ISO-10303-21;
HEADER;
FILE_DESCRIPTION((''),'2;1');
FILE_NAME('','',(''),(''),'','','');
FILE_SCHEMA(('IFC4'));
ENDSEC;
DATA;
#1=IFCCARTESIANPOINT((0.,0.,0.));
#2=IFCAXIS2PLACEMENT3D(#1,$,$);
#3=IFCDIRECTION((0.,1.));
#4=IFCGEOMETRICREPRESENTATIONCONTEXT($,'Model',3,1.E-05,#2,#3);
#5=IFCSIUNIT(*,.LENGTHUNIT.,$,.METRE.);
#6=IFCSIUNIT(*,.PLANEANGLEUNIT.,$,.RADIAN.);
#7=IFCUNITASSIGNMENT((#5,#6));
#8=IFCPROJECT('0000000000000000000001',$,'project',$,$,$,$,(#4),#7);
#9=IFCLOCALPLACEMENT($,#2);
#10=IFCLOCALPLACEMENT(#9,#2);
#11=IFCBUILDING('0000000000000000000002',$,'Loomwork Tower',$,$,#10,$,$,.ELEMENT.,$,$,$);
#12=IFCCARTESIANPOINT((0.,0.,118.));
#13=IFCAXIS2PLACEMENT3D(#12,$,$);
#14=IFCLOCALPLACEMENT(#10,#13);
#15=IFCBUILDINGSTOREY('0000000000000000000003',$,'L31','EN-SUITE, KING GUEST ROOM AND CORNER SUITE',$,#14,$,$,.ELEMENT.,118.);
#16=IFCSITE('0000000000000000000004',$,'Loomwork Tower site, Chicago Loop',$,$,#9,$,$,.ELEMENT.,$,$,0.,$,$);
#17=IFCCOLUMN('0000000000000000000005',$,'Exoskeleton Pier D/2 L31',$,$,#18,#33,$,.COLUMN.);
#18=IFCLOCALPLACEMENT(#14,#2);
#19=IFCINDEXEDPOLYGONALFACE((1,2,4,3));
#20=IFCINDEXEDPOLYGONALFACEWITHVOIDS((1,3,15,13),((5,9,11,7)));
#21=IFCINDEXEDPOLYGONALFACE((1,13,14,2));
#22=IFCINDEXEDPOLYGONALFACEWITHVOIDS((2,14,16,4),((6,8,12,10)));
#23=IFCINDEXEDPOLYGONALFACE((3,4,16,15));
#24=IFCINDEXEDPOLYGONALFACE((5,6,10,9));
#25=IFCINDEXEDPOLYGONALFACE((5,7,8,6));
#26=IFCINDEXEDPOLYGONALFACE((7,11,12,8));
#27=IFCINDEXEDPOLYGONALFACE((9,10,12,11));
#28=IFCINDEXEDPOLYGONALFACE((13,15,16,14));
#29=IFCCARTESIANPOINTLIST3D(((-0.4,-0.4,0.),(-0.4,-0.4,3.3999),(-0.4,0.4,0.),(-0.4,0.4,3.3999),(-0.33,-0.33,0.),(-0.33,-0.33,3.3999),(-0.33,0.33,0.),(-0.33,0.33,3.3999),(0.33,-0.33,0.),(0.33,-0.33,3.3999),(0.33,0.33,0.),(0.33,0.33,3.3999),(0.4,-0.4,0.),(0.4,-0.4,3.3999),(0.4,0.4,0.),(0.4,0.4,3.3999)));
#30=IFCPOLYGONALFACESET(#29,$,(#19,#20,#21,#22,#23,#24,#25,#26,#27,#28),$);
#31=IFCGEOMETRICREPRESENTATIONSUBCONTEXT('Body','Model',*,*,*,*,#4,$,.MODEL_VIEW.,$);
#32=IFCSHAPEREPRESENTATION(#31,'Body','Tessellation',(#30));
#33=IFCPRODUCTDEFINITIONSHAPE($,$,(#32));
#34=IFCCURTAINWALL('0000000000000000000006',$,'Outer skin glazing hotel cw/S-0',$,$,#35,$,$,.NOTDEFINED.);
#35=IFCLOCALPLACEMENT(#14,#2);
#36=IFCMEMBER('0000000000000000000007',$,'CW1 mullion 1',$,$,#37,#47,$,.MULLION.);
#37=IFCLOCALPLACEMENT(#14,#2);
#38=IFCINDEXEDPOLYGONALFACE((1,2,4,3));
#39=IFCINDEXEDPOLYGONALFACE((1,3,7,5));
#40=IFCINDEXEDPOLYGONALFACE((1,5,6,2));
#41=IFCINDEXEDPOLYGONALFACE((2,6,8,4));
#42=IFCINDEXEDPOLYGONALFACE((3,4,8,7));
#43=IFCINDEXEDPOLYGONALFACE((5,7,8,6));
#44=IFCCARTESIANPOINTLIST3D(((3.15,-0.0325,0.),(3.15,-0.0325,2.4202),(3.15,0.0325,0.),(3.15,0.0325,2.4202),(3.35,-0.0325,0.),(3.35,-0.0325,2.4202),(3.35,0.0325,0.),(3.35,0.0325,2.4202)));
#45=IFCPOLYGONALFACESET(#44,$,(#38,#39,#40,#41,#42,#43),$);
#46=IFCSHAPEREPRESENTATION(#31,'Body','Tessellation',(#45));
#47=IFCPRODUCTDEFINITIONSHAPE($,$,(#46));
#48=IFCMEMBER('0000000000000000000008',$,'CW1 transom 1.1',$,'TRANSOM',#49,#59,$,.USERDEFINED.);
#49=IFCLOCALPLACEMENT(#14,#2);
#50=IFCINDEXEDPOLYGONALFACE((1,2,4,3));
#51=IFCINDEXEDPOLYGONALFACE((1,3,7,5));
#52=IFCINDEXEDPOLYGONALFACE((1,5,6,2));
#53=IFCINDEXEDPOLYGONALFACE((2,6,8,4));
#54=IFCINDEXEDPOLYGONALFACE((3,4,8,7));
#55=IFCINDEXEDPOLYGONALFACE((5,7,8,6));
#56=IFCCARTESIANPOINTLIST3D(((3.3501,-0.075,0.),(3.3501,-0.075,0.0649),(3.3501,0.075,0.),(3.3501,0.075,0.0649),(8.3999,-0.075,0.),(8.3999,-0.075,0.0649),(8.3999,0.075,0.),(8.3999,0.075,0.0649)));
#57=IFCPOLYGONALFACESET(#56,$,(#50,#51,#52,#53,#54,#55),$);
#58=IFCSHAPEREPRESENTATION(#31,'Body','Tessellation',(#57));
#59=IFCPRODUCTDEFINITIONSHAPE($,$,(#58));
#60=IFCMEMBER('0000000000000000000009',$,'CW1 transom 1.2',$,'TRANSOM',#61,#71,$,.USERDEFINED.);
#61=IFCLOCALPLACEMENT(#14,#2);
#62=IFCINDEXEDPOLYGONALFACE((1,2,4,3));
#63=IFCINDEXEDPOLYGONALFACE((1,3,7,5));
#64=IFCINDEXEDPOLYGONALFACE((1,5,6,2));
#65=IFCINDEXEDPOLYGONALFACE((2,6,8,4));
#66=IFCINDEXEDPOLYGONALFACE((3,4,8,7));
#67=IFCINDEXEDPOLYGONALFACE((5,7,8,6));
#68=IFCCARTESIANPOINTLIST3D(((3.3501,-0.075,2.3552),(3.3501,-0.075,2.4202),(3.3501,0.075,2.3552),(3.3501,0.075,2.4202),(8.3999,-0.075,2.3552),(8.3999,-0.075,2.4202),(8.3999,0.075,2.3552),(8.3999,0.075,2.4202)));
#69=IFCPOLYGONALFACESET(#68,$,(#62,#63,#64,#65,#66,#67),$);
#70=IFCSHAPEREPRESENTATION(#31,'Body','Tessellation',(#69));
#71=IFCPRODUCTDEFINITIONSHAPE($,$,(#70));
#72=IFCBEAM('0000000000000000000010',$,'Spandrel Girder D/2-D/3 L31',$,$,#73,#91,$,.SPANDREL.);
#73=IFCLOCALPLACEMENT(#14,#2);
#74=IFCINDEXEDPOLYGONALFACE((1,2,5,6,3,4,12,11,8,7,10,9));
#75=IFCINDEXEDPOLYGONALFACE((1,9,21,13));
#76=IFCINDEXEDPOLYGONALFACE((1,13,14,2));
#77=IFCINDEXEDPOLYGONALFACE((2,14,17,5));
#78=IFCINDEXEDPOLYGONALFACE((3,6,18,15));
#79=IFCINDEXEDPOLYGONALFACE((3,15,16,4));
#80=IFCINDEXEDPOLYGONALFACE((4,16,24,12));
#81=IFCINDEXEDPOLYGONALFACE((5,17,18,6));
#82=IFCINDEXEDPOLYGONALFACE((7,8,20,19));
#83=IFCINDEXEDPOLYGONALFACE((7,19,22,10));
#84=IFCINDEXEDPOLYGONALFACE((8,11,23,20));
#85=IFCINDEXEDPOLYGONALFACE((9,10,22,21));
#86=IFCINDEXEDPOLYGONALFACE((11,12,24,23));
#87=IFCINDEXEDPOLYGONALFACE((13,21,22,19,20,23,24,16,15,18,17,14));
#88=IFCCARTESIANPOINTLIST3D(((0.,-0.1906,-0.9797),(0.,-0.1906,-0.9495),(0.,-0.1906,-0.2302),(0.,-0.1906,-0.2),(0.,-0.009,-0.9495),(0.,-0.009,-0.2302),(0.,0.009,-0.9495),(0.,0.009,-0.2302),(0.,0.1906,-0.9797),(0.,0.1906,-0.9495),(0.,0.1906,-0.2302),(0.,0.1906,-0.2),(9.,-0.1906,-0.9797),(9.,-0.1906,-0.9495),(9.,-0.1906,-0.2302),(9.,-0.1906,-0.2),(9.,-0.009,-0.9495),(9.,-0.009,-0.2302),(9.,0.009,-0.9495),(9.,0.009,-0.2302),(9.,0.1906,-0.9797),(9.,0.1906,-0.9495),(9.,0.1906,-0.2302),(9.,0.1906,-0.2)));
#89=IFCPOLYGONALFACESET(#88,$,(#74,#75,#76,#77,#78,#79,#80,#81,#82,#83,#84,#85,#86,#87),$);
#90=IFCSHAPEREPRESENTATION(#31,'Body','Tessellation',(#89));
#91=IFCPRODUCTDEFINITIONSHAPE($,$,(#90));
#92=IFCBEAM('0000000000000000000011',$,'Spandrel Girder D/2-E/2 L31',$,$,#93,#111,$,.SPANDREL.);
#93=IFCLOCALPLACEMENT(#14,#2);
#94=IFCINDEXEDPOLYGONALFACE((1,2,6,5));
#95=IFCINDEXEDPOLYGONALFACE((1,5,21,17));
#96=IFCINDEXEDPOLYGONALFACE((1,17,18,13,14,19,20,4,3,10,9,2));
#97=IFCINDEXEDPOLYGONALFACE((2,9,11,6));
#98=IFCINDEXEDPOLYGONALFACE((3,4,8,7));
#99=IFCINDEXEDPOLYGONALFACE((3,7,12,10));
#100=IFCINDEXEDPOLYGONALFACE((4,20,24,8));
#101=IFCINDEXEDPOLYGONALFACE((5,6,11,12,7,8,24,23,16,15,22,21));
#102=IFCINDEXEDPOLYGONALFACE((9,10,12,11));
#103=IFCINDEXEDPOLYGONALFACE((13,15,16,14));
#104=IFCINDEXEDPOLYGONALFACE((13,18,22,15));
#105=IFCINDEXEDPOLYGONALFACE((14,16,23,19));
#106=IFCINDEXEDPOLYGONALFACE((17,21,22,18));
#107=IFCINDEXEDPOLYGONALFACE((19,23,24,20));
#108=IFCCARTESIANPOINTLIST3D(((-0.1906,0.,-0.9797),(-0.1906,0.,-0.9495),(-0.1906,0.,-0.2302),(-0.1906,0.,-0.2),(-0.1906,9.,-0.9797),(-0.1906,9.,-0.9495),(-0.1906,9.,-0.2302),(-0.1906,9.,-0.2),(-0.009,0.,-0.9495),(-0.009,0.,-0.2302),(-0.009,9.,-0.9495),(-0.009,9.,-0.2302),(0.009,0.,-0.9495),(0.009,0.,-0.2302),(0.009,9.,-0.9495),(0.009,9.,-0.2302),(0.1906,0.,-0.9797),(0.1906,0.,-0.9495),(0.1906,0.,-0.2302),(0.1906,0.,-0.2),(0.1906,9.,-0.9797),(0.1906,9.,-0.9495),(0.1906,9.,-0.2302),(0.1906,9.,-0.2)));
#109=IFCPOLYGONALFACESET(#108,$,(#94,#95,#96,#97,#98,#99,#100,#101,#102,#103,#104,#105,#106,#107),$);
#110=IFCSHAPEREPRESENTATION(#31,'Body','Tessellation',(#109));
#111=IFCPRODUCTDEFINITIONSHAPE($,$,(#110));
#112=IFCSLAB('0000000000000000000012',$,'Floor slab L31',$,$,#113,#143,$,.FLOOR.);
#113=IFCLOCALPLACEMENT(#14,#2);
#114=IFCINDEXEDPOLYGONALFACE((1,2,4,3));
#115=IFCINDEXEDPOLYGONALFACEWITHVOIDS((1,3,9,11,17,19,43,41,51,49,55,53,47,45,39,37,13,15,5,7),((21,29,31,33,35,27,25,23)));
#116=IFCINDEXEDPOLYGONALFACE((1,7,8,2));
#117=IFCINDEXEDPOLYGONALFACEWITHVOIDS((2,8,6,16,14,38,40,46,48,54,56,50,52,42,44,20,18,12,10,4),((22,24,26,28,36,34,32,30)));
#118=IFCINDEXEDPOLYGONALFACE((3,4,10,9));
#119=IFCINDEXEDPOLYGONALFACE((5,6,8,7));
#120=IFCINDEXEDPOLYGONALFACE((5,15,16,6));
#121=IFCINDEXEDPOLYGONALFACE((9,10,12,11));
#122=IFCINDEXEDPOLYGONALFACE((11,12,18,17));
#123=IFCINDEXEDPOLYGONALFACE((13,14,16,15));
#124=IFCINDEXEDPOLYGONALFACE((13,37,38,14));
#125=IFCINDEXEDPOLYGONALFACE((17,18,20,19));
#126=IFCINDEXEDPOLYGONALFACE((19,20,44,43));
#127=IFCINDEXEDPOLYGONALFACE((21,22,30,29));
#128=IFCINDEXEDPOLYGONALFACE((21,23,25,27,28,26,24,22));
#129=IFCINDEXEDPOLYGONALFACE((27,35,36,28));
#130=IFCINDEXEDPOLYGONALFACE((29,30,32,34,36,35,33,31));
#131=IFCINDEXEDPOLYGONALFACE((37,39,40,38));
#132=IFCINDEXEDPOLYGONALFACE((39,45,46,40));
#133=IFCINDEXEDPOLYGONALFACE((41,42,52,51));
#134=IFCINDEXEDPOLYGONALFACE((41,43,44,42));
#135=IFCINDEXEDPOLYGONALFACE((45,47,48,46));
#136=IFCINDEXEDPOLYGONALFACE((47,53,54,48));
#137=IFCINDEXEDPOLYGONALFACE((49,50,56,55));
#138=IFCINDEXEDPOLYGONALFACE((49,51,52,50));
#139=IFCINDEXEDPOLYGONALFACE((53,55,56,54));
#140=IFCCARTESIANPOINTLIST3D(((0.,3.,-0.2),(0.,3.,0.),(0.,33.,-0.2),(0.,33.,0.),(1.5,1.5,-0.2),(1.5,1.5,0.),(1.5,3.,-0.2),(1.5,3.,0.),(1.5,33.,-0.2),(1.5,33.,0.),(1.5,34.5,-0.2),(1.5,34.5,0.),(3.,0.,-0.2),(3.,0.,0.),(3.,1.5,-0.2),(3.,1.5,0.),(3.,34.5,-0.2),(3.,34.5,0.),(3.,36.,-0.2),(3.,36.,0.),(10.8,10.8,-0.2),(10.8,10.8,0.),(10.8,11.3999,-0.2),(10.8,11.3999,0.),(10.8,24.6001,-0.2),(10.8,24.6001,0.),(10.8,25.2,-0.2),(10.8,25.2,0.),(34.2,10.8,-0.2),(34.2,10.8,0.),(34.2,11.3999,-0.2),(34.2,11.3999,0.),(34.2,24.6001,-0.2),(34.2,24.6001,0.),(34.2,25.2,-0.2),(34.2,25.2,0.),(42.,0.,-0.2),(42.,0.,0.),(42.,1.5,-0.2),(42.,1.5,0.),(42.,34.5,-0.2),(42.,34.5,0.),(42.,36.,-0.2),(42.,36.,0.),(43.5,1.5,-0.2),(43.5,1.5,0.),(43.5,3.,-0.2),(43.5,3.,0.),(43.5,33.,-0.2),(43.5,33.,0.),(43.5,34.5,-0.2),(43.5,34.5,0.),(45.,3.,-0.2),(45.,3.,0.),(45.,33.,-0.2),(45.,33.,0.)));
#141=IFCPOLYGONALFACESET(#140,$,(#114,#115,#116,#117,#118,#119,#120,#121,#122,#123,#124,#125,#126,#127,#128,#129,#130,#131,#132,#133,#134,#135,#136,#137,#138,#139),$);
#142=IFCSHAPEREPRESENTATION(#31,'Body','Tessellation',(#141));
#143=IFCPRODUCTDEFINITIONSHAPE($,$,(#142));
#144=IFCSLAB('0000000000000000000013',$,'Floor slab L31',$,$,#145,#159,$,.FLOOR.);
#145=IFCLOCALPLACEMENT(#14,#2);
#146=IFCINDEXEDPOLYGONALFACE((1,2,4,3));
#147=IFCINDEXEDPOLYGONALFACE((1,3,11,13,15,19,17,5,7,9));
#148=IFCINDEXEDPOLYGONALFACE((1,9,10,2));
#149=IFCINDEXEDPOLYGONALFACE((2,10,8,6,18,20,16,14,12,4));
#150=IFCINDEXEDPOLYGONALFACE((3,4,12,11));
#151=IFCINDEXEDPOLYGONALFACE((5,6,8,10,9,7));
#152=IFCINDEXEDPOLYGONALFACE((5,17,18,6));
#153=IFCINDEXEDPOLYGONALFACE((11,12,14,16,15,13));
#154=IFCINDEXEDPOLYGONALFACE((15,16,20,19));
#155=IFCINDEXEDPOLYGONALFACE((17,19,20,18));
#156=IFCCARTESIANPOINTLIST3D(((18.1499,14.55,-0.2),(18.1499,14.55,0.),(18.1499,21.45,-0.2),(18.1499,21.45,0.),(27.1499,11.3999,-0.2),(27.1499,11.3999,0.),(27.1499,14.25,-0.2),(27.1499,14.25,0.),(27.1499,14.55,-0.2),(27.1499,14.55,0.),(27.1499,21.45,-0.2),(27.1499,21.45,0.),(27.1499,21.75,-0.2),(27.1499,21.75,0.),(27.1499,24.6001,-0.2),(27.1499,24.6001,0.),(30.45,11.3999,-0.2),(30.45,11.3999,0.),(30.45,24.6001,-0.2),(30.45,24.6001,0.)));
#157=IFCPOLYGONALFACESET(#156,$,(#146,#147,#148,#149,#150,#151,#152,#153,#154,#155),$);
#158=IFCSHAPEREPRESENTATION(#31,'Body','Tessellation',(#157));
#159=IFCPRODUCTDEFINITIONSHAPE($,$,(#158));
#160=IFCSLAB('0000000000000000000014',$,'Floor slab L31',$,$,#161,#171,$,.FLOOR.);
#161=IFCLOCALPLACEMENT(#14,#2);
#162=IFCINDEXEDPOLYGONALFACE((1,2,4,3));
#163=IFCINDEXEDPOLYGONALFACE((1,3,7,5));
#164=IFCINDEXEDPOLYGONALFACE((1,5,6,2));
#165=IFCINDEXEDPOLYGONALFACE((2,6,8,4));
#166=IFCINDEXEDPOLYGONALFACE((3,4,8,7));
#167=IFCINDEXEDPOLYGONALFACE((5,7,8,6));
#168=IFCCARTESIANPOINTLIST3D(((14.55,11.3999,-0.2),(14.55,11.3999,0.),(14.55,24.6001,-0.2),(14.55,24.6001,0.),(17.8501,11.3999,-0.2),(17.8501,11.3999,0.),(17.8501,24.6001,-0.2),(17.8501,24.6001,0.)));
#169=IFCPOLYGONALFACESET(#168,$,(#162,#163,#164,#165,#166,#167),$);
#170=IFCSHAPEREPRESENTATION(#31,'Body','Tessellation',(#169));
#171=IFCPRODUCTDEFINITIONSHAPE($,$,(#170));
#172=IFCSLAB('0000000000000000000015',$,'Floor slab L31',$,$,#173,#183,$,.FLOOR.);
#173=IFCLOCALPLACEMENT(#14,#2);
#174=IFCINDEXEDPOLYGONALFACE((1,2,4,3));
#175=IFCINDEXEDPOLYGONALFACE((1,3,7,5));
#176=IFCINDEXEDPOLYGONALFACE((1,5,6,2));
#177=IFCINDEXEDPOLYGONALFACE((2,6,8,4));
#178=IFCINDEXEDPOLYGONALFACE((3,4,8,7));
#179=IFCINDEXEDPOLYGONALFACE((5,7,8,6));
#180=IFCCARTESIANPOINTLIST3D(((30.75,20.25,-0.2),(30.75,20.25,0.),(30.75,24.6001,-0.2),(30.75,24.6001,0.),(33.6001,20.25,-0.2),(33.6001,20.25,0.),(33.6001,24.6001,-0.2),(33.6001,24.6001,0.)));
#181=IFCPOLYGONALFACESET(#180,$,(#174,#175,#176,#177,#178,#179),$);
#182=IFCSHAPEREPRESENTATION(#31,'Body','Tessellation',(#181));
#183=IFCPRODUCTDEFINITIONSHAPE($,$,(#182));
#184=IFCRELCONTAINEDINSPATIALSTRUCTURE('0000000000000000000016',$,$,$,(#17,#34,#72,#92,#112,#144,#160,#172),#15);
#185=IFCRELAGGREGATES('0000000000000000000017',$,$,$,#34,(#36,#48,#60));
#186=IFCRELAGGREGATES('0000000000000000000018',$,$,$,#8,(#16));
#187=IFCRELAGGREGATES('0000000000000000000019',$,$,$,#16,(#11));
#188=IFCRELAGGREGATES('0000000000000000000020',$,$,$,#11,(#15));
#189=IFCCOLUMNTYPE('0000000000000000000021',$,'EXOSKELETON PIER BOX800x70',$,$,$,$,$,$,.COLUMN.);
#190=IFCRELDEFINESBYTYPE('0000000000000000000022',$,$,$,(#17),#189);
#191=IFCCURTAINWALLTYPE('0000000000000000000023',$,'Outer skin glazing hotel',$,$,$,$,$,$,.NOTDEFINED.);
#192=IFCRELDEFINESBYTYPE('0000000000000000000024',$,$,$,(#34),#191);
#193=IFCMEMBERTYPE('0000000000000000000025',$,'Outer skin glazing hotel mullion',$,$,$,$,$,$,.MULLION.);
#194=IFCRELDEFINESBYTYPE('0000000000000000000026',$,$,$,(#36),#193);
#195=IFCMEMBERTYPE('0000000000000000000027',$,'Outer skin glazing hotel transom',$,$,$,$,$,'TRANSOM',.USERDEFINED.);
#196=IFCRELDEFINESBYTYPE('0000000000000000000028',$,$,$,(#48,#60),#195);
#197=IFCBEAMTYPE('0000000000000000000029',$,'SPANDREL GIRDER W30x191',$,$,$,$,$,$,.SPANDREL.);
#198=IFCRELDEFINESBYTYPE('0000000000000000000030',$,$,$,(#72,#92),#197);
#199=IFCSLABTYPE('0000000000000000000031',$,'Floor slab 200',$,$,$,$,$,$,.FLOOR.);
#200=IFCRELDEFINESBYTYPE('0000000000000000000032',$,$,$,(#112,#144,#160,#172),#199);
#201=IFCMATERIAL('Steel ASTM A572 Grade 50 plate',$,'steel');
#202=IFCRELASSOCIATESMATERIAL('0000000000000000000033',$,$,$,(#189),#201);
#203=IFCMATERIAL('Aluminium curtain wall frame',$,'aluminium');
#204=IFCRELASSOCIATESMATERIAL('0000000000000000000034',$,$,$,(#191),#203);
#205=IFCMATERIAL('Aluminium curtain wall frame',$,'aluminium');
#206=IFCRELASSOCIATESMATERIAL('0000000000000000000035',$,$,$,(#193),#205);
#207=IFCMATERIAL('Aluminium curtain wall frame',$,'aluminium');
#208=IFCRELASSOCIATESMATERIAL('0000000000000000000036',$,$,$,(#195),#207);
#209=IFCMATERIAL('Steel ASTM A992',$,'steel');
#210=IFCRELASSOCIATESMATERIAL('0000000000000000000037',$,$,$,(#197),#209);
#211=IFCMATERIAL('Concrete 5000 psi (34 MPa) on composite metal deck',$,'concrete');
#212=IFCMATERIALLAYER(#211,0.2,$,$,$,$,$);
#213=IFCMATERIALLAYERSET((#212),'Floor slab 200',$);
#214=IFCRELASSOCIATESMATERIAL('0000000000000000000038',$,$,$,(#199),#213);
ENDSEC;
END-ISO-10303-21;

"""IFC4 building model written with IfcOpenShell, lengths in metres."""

from ifc_helpers import new_model, si_unit, direction, frame, origin, origin_with_axes, origin_2d, place, context, subcontext, project, spatial, polyline, rectangle, hollow_rectangle, i_section, outline, extrude, material, layer, layer_set, material_profile, profile_set, type_object, element, aggregate, save


model = new_model("IFC4")

# Units and contexts
model_context = context("Model", 3, precision=1e-05, world=origin(), true_north=direction((0.0, 1.0)))
body_context = subcontext(model_context, "Body", "Model", "MODEL_VIEW")
ifc_project = project(units=[si_unit("LENGTHUNIT", "METRE"), si_unit("PLANEANGLEUNIT", "RADIAN")], contexts=[model_context])

# Site, building, storey
site_placement = place(None, origin())
site = spatial("IfcSite", under=ifc_project, at=site_placement, Name="Loomwork Tower site, Chicago Loop", CompositionType="ELEMENT", RefElevation=0.0)
building_placement = place(site_placement, origin())
building = spatial("IfcBuilding", under=site, at=building_placement, Name="Loomwork Tower", CompositionType="ELEMENT")
storey_placement = place(building_placement, frame((0.0, 0.0, 118.0)))
storey = spatial("IfcBuildingStorey", under=building, at=storey_placement, Name="L31", Description="EN-SUITE, KING GUEST ROOM AND CORNER SUITE", CompositionType="ELEMENT", Elevation=118.0)

# Column
ifc_material_1 = material(Name="Steel ASTM A572 Grade 50 plate", Category="steel")
ifc_material_profile_1 = material_profile(ifc_material_1, hollow_rectangle(XDim=0.8, YDim=0.8, WallThickness=0.0701, at=origin_2d()), Name="BOX800x70")
ifc_profile_set_1 = profile_set([ifc_material_profile_1], Name="Steel ASTM A572 Grade 50 plate")
column_type = type_object("IfcColumnType", Name="EXOSKELETON PIER BOX800x70", PredefinedType="COLUMN", material=ifc_profile_set_1)
column_placement = place(storey_placement, origin_with_axes())
element("IfcColumn", 1, at=column_placement, inside=storey, type_object=column_type, Name="Exoskeleton Pier D/2 L31", PredefinedType="COLUMN", context=body_context, shape_type="SweptSolid", body=[
    extrude(hollow_rectangle(XDim=0.8, YDim=0.8, WallThickness=0.0701, at=origin_2d()), origin(), (0.0, 0.0, 1.0), 3.3999),
])

# Curtain wall, members
ifc_material_2 = material(Name="Aluminium curtain wall frame", Category="aluminium")
curtain_wall_type = type_object("IfcCurtainWallType", Name="Outer skin glazing hotel", PredefinedType="NOTDEFINED", material=ifc_material_2)
curtain_wall_placement = place(storey_placement, origin())
curtain_wall = element("IfcCurtainWall", 2, at=curtain_wall_placement, inside=storey, type_object=curtain_wall_type, Name="Outer skin glazing hotel cw/S-0", PredefinedType="NOTDEFINED")
ifc_material_3 = material(Name="Aluminium curtain wall frame", Category="aluminium")
ifc_material_profile_2 = material_profile(ifc_material_3, rectangle(XDim=0.0649, YDim=0.2, at=origin_2d()), Name="AL 65x200")
ifc_profile_set_2 = profile_set([ifc_material_profile_2], Name="Aluminium curtain wall frame")
member_type_1 = type_object("IfcMemberType", Name="Outer skin glazing hotel mullion", PredefinedType="MULLION", material=ifc_profile_set_2)
member_1_placement = place(storey_placement, frame((3.25, 0.0, 0.0), z_axis=(0.0, 0.0, 1.0), x_axis=(0.0, 1.0, 0.0)))
member_1 = element("IfcMember", 3, at=member_1_placement, type_object=member_type_1, Name="CW1 mullion 1", PredefinedType="MULLION", context=body_context, shape_type="SweptSolid", body=[
    extrude(rectangle(XDim=0.0649, YDim=0.2, at=origin_2d()), origin(), (0.0, 0.0, 1.0), 2.4202),
])
ifc_material_4 = material(Name="Aluminium curtain wall frame", Category="aluminium")
ifc_material_profile_3 = material_profile(ifc_material_4, rectangle(XDim=0.1499, YDim=0.0649, at=origin_2d()), Name="AL 65x150")
ifc_profile_set_3 = profile_set([ifc_material_profile_3], Name="Aluminium curtain wall frame")
member_type_2 = type_object("IfcMemberType", Name="Outer skin glazing hotel transom", ElementType="TRANSOM", PredefinedType="USERDEFINED", material=ifc_profile_set_3)
member_2_placement = place(storey_placement, frame((3.3501, 0.0, 0.0325), z_axis=(1.0, 0.0, 0.0), x_axis=(0.0, 1.0, 0.0)))
member_2 = element("IfcMember", 4, at=member_2_placement, type_object=member_type_2, Name="CW1 transom 1.1", ObjectType="TRANSOM", PredefinedType="USERDEFINED", context=body_context, shape_type="SweptSolid", body=[
    extrude(rectangle(XDim=0.1499, YDim=0.0649, at=origin_2d()), origin(), (0.0, 0.0, 1.0), 5.0498),
])
member_3_placement = place(storey_placement, frame((3.3501, 0.0, 2.3877), z_axis=(1.0, 0.0, 0.0), x_axis=(0.0, 1.0, 0.0)))
member_3 = element("IfcMember", 5, at=member_3_placement, type_object=member_type_2, Name="CW1 transom 1.2", ObjectType="TRANSOM", PredefinedType="USERDEFINED", context=body_context, shape_type="SweptSolid", body=[
    extrude(rectangle(XDim=0.1499, YDim=0.0649, at=origin_2d()), origin(), (0.0, 0.0, 1.0), 5.0498),
])

# Beams
ifc_material_5 = material(Name="Steel ASTM A992", Category="steel")
ifc_material_profile_4 = material_profile(ifc_material_5, i_section(OverallWidth=0.3811, OverallDepth=0.7798, WebThickness=0.0181, FlangeThickness=0.0303, at=origin_2d()), Name="W30x191")
ifc_profile_set_4 = profile_set([ifc_material_profile_4], Name="Steel ASTM A992")
beam_type = type_object("IfcBeamType", Name="SPANDREL GIRDER W30x191", PredefinedType="SPANDREL", material=ifc_profile_set_4)
for number, where, z_axis, x_axis, name in (
    (6, (0.0, 0.0, -0.5898), (1.0, 0.0, 0.0), (0.0, 1.0, 0.0), "Spandrel Girder D/2-D/3 L31"),
    (7, (0.0, 0.0, -0.5898), (0.0, 1.0, 0.0), (-1.0, 0.0, 0.0), "Spandrel Girder D/2-E/2 L31"),
):
    element("IfcBeam", number, at=place(storey_placement, frame(where, z_axis=z_axis, x_axis=x_axis)), inside=storey, type_object=beam_type, Name=name, PredefinedType="SPANDREL", context=body_context, shape_type="SweptSolid", body=[
        extrude(i_section(OverallWidth=0.3811, OverallDepth=0.7798, WebThickness=0.0181, FlangeThickness=0.0303, at=origin_2d()), origin(), (0.0, 0.0, 1.0), 9.0),
    ])

# Slabs
ifc_material_6 = material(Name="Concrete 5000 psi (34 MPa) on composite metal deck", Category="concrete")
ifc_layer_1 = layer(ifc_material_6, 0.2)
ifc_layer_set_1 = layer_set([ifc_layer_1], Name="Floor slab 200")
slab_type_1 = type_object("IfcSlabType", Name="Floor slab 200", PredefinedType="FLOOR", material=ifc_layer_set_1)
slab_1_placement = place(storey_placement, frame((0.0, 0.0, -0.2)))
element("IfcSlab", 8, at=slab_1_placement, inside=storey, type_object=slab_type_1, Name="Floor slab L31", PredefinedType="FLOOR", context=body_context, shape_type="SweptSolid", body=[
    extrude(outline(polyline([(3.0, 1.5), (1.5, 1.5), (1.5, 3.0), (0.0, 3.0), (0.0, 33.0), (1.5, 33.0), (1.5, 34.5), (3.0, 34.5), (3.0, 36.0), (42.0, 36.0), (42.0, 34.5), (43.5, 34.5), (43.5, 33.0), (45.0, 33.0), (45.0, 3.0), (43.5, 3.0), (43.5, 1.5), (42.0, 1.5), (42.0, 0.0), (3.0, 0.0), (3.0, 1.5)]), holes=[polyline([(10.8, 11.3999), (10.8, 11.3999), (10.8, 10.8), (34.2, 10.8), (34.2, 11.3999), (34.2, 11.3999), (34.2, 24.6001), (34.2, 25.2), (10.8, 25.2), (10.8, 24.6001), (10.8, 11.3999)])]), origin(), (0.0, 0.0, 1.0), 0.2),
])
slab_2_placement = place(storey_placement, frame((0.0, 0.0, -0.2)))
element("IfcSlab", 9, at=slab_2_placement, inside=storey, type_object=slab_type_1, Name="Floor slab L31", PredefinedType="FLOOR", context=body_context, shape_type="SweptSolid", body=[
    extrude(outline(polyline([(30.45, 24.6001), (30.45, 11.3999), (27.1499, 11.3999), (27.1499, 14.25), (27.1499, 14.55), (18.1499, 14.55), (18.1499, 21.45), (27.1499, 21.45), (27.1499, 21.75), (27.1499, 24.6001), (30.45, 24.6001)])), origin(), (0.0, 0.0, 1.0), 0.2),
])
slab_3_placement = place(storey_placement, frame((0.0, 0.0, -0.2)))
element("IfcSlab", 10, at=slab_3_placement, inside=storey, type_object=slab_type_1, Name="Floor slab L31", PredefinedType="FLOOR", context=body_context, shape_type="SweptSolid", body=[
    extrude(outline(polyline([(14.55, 11.3999), (14.55, 24.6001), (17.8501, 24.6001), (17.8501, 11.3999), (14.55, 11.3999)])), origin(), (0.0, 0.0, 1.0), 0.2),
])
slab_4_placement = place(storey_placement, frame((0.0, 0.0, -0.2)))
element("IfcSlab", 11, at=slab_4_placement, inside=storey, type_object=slab_type_1, Name="Floor slab L31", PredefinedType="FLOOR", context=body_context, shape_type="SweptSolid", body=[
    extrude(outline(polyline([(33.6001, 20.25), (30.75, 20.25), (30.75, 24.6001), (33.6001, 24.6001), (33.6001, 20.25)])), origin(), (0.0, 0.0, 1.0), 0.2),
])

aggregate(curtain_wall, [member_1, member_2, member_3])

save(model, "model.ifc")
